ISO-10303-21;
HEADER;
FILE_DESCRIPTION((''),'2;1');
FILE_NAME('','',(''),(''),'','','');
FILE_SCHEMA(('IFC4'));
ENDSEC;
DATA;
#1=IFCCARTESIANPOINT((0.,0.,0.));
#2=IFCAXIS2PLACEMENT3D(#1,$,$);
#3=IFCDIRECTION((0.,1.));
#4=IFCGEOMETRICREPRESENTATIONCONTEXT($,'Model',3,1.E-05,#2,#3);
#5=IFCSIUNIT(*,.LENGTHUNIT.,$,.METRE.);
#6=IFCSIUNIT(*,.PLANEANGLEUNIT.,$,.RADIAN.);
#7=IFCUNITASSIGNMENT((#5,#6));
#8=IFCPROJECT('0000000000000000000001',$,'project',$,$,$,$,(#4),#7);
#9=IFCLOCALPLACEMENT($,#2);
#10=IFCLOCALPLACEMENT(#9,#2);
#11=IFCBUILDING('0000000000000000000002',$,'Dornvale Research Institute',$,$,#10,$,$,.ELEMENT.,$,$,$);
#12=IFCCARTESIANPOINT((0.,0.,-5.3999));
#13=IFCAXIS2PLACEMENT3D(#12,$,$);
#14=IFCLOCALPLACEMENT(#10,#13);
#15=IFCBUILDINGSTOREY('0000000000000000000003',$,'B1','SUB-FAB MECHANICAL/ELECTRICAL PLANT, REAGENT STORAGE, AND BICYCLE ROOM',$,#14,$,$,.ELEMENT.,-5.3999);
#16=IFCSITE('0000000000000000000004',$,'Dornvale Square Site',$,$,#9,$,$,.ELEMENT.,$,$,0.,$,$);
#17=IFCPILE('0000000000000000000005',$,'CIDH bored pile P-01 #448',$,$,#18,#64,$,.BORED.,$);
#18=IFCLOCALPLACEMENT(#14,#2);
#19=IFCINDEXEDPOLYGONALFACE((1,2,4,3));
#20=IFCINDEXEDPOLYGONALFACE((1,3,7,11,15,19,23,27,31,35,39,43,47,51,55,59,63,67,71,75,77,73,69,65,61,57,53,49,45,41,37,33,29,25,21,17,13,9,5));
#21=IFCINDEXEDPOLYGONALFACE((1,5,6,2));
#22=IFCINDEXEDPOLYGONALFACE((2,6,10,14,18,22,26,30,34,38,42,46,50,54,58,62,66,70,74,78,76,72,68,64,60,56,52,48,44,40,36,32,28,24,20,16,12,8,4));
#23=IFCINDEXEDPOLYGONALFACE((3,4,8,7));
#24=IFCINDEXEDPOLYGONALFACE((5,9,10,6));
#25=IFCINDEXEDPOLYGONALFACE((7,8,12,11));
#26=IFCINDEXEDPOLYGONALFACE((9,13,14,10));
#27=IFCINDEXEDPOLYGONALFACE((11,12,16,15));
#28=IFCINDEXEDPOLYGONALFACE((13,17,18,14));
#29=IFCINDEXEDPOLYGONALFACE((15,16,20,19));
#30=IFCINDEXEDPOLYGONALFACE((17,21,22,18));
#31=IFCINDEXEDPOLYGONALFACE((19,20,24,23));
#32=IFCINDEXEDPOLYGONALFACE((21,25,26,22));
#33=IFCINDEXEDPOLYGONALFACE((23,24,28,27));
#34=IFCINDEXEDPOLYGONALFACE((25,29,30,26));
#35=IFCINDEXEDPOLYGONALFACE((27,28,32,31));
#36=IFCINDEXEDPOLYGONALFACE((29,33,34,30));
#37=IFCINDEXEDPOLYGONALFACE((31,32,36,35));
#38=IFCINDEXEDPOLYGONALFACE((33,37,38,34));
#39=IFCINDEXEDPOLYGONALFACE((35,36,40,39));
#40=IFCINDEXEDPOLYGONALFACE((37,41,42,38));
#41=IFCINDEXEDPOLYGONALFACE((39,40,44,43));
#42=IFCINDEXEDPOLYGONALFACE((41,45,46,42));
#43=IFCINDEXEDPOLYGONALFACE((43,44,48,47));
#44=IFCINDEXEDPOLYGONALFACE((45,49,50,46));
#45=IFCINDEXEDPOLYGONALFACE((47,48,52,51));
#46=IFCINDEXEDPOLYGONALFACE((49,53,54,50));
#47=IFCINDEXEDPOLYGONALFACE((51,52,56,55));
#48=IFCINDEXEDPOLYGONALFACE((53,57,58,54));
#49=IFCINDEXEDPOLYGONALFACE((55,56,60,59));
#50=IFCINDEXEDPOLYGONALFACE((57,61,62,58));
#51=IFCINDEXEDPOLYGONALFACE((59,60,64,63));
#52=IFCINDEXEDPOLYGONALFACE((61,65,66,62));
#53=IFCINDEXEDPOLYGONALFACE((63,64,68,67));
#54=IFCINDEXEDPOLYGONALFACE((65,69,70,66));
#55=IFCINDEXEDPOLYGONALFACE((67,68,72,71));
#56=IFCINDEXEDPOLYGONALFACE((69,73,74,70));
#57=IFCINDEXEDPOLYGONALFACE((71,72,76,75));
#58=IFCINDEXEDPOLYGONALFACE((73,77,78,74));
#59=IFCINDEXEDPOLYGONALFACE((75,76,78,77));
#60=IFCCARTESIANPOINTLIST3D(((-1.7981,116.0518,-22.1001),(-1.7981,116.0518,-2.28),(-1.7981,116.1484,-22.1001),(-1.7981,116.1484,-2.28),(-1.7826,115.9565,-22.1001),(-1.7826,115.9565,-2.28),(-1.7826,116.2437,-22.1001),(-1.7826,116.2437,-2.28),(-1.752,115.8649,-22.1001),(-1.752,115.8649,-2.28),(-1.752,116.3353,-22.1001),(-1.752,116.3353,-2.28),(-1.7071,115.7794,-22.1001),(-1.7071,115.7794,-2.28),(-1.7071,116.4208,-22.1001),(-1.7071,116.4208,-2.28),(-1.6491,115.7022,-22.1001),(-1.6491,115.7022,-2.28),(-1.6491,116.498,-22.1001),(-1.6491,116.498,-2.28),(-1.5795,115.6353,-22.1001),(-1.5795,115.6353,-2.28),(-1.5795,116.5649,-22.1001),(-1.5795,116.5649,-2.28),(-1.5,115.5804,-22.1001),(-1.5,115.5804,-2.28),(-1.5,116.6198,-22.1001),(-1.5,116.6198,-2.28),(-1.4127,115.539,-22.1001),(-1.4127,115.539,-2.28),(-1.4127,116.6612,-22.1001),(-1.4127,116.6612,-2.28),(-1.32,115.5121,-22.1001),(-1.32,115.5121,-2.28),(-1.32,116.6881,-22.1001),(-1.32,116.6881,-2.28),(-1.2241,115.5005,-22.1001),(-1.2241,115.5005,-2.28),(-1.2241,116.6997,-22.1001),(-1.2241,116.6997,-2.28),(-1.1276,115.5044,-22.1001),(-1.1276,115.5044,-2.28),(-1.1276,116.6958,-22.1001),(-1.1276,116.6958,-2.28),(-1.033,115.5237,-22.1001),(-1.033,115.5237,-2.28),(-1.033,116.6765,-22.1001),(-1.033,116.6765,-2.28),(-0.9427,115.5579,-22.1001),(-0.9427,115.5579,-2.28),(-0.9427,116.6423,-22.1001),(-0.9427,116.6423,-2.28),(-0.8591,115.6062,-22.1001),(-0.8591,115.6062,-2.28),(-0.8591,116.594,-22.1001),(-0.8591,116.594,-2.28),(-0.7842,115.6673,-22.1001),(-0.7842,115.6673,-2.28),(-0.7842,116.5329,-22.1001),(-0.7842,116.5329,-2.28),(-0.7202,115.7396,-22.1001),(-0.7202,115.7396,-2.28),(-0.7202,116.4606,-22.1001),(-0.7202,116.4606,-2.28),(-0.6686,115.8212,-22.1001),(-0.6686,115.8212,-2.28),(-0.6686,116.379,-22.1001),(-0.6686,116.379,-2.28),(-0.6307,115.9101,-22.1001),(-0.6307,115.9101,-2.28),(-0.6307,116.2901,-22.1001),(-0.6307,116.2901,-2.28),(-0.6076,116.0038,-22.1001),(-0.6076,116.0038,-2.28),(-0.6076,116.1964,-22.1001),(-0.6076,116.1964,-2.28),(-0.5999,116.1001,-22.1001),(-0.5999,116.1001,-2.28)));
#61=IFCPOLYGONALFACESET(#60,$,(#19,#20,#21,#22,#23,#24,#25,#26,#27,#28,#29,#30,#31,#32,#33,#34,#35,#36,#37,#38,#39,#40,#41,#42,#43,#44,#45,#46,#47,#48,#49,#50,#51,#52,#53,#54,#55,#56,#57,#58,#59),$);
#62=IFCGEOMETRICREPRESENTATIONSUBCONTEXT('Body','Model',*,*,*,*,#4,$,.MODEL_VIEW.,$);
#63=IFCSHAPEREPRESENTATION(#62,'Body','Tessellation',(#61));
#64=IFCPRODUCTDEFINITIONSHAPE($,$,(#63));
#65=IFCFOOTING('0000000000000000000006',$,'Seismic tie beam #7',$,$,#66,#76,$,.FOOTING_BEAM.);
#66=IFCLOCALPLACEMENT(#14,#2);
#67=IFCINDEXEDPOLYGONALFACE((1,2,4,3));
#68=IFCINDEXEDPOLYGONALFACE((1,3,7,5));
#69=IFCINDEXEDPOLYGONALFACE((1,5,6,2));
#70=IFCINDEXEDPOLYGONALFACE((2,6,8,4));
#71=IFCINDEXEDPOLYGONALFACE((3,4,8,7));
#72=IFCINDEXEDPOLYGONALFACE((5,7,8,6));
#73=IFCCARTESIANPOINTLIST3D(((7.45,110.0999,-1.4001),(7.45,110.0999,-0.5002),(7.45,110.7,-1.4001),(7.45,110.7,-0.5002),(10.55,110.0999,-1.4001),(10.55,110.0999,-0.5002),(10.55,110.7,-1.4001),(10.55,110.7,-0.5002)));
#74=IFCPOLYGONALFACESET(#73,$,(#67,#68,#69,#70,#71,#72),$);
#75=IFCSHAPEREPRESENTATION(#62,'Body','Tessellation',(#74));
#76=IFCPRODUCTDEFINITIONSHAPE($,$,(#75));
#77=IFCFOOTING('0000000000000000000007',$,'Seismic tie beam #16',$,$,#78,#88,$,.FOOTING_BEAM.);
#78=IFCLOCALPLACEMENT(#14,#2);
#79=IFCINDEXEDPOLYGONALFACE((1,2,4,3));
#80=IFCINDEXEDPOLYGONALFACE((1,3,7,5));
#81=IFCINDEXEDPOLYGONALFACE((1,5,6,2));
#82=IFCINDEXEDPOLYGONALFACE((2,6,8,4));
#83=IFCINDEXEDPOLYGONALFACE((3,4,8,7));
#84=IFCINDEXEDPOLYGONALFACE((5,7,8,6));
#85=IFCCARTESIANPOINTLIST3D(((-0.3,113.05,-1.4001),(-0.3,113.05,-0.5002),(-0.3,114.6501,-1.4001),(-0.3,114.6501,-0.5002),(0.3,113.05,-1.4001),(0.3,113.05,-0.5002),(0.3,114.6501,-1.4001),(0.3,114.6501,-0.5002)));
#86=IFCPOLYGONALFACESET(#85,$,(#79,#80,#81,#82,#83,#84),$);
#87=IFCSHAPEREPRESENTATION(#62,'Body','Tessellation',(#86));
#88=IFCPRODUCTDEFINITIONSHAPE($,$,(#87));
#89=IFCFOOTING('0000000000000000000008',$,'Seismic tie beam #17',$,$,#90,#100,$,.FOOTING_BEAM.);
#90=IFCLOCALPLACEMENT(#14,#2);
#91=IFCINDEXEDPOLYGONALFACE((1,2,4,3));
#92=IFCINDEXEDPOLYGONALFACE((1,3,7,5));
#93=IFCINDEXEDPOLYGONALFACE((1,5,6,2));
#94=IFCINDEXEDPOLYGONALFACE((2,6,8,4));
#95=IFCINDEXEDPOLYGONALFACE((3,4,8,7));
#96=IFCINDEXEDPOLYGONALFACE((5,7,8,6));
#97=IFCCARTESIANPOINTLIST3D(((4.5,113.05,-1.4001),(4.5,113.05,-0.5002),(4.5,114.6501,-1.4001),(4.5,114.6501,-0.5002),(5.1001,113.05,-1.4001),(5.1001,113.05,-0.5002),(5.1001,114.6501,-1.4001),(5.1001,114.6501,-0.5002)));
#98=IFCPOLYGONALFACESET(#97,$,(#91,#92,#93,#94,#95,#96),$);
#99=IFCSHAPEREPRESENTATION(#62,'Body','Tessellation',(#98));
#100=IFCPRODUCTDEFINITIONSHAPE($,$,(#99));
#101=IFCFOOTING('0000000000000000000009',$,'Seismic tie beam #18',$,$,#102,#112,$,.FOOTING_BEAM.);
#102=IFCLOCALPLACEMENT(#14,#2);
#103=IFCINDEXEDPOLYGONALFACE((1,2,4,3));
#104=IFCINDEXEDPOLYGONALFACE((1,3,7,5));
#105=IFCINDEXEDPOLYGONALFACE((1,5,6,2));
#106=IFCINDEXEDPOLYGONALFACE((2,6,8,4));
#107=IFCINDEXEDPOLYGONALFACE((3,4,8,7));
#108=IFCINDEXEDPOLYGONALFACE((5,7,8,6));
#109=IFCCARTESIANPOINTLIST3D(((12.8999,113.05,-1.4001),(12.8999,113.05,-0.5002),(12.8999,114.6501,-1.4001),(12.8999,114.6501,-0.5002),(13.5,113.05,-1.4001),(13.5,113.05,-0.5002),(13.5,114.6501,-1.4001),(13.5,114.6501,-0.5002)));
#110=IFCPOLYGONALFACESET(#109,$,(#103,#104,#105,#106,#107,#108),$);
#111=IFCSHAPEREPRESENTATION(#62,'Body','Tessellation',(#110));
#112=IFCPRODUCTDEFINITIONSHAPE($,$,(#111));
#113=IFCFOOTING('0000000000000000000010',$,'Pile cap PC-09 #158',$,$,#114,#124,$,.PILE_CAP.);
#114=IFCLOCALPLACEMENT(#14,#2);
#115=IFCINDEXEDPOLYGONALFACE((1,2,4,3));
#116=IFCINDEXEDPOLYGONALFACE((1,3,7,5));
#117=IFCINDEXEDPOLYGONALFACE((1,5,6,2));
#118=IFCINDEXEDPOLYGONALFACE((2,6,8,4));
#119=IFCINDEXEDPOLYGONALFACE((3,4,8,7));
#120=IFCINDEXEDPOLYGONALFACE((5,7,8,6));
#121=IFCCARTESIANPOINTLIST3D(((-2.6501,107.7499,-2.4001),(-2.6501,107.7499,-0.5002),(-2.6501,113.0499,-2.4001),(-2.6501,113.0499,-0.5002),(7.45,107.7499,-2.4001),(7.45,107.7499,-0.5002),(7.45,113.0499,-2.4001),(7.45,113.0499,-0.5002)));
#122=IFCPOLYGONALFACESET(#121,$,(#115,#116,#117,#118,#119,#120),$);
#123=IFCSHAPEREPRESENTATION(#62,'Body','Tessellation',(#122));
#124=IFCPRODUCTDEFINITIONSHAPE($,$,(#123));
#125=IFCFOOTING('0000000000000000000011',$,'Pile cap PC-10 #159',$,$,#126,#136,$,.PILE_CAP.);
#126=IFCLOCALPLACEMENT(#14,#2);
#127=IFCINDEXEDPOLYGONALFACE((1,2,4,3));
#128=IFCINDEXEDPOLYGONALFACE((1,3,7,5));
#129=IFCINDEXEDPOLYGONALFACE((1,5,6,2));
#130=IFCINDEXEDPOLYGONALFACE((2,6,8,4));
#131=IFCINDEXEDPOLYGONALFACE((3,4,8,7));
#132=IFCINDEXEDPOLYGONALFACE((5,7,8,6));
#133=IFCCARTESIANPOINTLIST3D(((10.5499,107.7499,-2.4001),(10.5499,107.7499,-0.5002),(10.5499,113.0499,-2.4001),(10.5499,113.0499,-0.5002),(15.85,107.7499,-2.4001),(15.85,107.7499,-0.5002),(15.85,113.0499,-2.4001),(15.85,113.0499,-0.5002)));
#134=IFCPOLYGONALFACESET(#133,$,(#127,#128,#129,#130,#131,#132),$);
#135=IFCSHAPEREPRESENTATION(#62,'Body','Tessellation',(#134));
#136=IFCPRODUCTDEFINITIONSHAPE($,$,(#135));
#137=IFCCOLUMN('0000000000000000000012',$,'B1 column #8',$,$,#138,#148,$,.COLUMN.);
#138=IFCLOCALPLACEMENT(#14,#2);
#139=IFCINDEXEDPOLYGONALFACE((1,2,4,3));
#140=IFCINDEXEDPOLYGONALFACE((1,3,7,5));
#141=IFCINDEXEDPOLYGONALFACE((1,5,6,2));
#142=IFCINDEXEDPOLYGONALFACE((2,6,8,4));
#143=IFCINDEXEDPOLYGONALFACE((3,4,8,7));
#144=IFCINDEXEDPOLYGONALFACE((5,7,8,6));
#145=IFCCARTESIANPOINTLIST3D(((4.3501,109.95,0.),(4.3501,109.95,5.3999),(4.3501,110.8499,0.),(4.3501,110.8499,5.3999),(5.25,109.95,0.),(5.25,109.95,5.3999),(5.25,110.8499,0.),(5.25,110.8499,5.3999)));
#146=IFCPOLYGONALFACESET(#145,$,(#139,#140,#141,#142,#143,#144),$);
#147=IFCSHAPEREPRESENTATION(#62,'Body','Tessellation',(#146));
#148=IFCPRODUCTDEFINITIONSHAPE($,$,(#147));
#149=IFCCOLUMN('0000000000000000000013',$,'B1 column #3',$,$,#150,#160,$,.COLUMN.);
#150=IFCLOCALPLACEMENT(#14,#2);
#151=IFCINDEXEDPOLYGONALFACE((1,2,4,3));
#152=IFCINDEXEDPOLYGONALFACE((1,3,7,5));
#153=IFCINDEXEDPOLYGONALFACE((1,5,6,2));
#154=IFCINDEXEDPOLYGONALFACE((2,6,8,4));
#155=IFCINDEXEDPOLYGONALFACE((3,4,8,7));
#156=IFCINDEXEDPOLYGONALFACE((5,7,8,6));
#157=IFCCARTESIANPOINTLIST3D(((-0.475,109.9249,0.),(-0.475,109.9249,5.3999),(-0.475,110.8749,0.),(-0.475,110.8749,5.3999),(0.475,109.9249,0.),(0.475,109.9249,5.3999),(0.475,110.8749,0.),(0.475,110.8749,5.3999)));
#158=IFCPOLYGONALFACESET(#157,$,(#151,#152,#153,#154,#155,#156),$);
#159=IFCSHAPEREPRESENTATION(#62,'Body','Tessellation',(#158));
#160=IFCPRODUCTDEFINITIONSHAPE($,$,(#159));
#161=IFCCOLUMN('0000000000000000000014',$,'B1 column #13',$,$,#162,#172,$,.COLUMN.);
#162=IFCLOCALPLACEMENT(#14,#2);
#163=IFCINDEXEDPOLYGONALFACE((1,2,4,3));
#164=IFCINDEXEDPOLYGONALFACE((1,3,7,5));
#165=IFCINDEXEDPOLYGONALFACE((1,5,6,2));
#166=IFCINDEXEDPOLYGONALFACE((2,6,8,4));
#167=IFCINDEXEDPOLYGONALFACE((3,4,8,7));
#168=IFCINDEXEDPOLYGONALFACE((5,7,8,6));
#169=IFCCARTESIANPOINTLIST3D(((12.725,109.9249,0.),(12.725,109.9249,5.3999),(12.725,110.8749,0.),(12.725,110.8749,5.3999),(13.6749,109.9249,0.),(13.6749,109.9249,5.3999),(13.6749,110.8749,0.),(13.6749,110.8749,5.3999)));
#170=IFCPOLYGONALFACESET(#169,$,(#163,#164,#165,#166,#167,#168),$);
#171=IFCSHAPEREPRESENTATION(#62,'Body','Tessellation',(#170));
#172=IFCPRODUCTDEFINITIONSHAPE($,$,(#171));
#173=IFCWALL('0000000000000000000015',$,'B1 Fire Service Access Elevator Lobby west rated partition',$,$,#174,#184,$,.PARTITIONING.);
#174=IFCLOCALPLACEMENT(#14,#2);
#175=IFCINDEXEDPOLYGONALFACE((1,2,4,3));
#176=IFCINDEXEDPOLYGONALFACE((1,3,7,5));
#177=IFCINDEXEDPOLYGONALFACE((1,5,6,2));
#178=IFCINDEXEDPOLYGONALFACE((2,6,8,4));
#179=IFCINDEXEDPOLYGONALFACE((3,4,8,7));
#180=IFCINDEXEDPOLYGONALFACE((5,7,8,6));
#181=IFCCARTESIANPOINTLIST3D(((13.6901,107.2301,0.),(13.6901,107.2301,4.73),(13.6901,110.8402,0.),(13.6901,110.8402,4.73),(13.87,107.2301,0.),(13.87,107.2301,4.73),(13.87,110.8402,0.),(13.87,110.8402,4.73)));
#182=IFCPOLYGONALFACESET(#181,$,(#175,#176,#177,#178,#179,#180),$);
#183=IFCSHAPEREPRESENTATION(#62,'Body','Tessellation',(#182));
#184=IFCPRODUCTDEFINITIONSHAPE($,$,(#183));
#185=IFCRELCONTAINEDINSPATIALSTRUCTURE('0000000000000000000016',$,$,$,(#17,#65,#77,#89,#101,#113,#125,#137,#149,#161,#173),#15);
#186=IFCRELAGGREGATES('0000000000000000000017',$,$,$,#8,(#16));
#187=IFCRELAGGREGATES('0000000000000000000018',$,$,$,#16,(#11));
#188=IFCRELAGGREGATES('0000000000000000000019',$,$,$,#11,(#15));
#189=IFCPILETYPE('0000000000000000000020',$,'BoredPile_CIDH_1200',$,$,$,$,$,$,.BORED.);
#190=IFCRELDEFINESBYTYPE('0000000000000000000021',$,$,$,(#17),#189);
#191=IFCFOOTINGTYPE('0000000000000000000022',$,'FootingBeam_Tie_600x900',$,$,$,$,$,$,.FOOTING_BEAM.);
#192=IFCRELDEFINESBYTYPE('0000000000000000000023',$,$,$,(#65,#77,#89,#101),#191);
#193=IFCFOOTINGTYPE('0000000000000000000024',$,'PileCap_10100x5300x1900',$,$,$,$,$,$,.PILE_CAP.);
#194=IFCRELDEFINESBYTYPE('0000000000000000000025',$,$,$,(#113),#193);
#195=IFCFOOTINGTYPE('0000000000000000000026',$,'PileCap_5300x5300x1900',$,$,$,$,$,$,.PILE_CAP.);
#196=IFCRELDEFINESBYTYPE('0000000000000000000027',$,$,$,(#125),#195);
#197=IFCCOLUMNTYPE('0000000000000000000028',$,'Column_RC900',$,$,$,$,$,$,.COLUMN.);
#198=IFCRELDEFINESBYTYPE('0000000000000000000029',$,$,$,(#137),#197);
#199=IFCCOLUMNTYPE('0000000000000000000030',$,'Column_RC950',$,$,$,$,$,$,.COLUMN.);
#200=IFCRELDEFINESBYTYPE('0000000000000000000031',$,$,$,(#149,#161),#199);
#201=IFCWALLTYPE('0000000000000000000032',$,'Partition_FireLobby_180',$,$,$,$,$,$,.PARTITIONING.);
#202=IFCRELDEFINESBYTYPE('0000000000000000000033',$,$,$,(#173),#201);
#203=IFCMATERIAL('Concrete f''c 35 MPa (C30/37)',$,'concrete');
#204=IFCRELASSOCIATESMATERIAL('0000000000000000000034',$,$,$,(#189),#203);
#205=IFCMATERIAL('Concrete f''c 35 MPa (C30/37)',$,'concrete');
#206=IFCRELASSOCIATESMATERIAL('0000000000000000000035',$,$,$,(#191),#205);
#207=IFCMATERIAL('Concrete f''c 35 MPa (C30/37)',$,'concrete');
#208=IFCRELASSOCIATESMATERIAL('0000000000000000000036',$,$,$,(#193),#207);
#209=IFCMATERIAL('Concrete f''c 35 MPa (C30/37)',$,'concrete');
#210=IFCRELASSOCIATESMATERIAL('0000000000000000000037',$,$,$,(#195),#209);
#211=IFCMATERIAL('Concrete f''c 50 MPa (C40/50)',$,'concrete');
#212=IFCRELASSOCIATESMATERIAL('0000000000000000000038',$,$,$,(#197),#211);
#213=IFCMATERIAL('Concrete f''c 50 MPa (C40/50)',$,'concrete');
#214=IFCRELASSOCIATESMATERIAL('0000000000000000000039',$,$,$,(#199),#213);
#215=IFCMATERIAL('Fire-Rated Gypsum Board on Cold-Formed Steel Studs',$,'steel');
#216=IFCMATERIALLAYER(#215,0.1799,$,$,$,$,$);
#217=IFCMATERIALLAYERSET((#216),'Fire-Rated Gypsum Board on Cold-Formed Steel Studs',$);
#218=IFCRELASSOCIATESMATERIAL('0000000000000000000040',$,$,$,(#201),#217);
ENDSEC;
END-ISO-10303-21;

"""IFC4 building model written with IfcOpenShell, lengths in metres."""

from ifc_helpers import new_model, si_unit, direction, frame, frame_2d, origin, origin_2d, place, context, subcontext, project, spatial, rectangle, circle, extrude, material, layer, layer_set, material_profile, profile_set, type_object, element, save


model = new_model("IFC4")

# Units and contexts
model_context = context("Model", 3, precision=1e-05, world=origin(), true_north=direction((0.0, 1.0)))
body_context = subcontext(model_context, "Body", "Model", "MODEL_VIEW")
ifc_project = project(units=[si_unit("LENGTHUNIT", "METRE"), si_unit("PLANEANGLEUNIT", "RADIAN")], contexts=[model_context])

# Site, building, storey
site_placement = place(None, origin())
site = spatial("IfcSite", under=ifc_project, at=site_placement, Name="Dornvale Square Site", CompositionType="ELEMENT", RefElevation=0.0)
building_placement = place(site_placement, origin())
building = spatial("IfcBuilding", under=site, at=building_placement, Name="Dornvale Research Institute", CompositionType="ELEMENT")
storey_placement = place(building_placement, frame((0.0, 0.0, -5.3999)))
storey = spatial("IfcBuildingStorey", under=building, at=storey_placement, Name="B1", Description="SUB-FAB MECHANICAL/ELECTRICAL PLANT, REAGENT STORAGE, AND BICYCLE ROOM", CompositionType="ELEMENT", Elevation=-5.3999)

# Pile
ifc_material_1 = material(Name="Concrete f'c 35 MPa (C30/37)", Category="concrete")
ifc_material_profile_1 = material_profile(ifc_material_1, circle(Radius=0.6001, at=origin_2d()), Name="CIDH PILE D1200")
ifc_profile_set_1 = profile_set([ifc_material_profile_1], Name="Concrete f'c 35 MPa (C30/37)")
pile_type = type_object("IfcPileType", Name="BoredPile_CIDH_1200", PredefinedType="BORED", material=ifc_profile_set_1)
for number, where, z_axis, x_axis, name in (
    (1, (-1.2, 116.1001, -2.28), (0.0, 0.0, -1.0), (1.0, 0.0, 0.0), "CIDH bored pile P-01 #448"),
):
    element("IfcPile", number, at=place(storey_placement, frame(where, z_axis=z_axis, x_axis=x_axis)), inside=storey, type_object=pile_type, Name=name, PredefinedType="BORED", context=body_context, shape_type="SweptSolid", body=[
        extrude(circle(Radius=0.6001, at=origin_2d()), origin(), (0.0, 0.0, 1.0), 19.8201),
    ])

# Footings
ifc_material_2 = material(Name="Concrete f'c 35 MPa (C30/37)", Category="concrete")
footing_type_1 = type_object("IfcFootingType", Name="FootingBeam_Tie_600x900", PredefinedType="FOOTING_BEAM", material=ifc_material_2)
footing_1_placement = place(storey_placement, frame((9.0, 110.3999, -1.4001), z_axis=(0.0, 0.0, 1.0), x_axis=(1.0, 0.0, 0.0)))
element("IfcFooting", 2, at=footing_1_placement, inside=storey, type_object=footing_type_1, Name="Seismic tie beam #7", PredefinedType="FOOTING_BEAM", context=body_context, shape_type="SweptSolid", body=[
    extrude(rectangle(XDim=3.1001, YDim=0.6001, at=origin_2d()), origin(), (0.0, 0.0, 1.0), 0.8999),
])
for number, where, z_axis, x_axis, name in (
    (3, (0.0, 113.8501, -1.4001), (0.0, 0.0, 1.0), (0.0, 1.0, 0.0), "Seismic tie beam #16"),
    (4, (4.8, 113.8501, -1.4001), (0.0, 0.0, 1.0), (0.0, 1.0, 0.0), "Seismic tie beam #17"),
    (5, (13.2, 113.8501, -1.4001), (0.0, 0.0, 1.0), (0.0, 1.0, 0.0), "Seismic tie beam #18"),
):
    element("IfcFooting", number, at=place(storey_placement, frame(where, z_axis=z_axis, x_axis=x_axis)), inside=storey, type_object=footing_type_1, Name=name, PredefinedType="FOOTING_BEAM", context=body_context, shape_type="SweptSolid", body=[
        extrude(rectangle(XDim=1.6001, YDim=0.6001, at=origin_2d()), origin(), (0.0, 0.0, 1.0), 0.8999),
    ])
ifc_material_3 = material(Name="Concrete f'c 35 MPa (C30/37)", Category="concrete")
footing_type_2 = type_object("IfcFootingType", Name="PileCap_10100x5300x1900", PredefinedType="PILE_CAP", material=ifc_material_3)
footing_2_placement = place(storey_placement, frame((2.3999, 110.3999, -2.4001), z_axis=(0.0, 0.0, 1.0), x_axis=(1.0, 0.0, 0.0)))
element("IfcFooting", 6, at=footing_2_placement, inside=storey, type_object=footing_type_2, Name="Pile cap PC-09 #158", PredefinedType="PILE_CAP", context=body_context, shape_type="SweptSolid", body=[
    extrude(rectangle(XDim=10.1001, YDim=5.3, at=origin_2d()), origin(), (0.0, 0.0, 1.0), 1.8999),
])
ifc_material_4 = material(Name="Concrete f'c 35 MPa (C30/37)", Category="concrete")
footing_type_3 = type_object("IfcFootingType", Name="PileCap_5300x5300x1900", PredefinedType="PILE_CAP", material=ifc_material_4)
footing_3_placement = place(storey_placement, frame((13.2, 110.3999, -2.4001), z_axis=(0.0, 0.0, 1.0), x_axis=(1.0, 0.0, 0.0)))
element("IfcFooting", 7, at=footing_3_placement, inside=storey, type_object=footing_type_3, Name="Pile cap PC-10 #159", PredefinedType="PILE_CAP", context=body_context, shape_type="SweptSolid", body=[
    extrude(rectangle(XDim=5.3, YDim=5.3, at=origin_2d()), origin(), (0.0, 0.0, 1.0), 1.8999),
])

# Columns
ifc_material_5 = material(Name="Concrete f'c 50 MPa (C40/50)", Category="concrete")
ifc_material_profile_2 = material_profile(ifc_material_5, rectangle(XDim=0.8999, YDim=0.8999, at=origin_2d()), Name="RC 900x900")
ifc_profile_set_2 = profile_set([ifc_material_profile_2], Name="Concrete f'c 50 MPa (C40/50)")
column_type_1 = type_object("IfcColumnType", Name="Column_RC900", PredefinedType="COLUMN", material=ifc_profile_set_2)
column_placement = place(storey_placement, frame((4.8, 110.3999, 0.0), z_axis=(0.0, 0.0, 1.0), x_axis=(1.0, 0.0, 0.0)))
element("IfcColumn", 8, at=column_placement, inside=storey, type_object=column_type_1, Name="B1 column #8", PredefinedType="COLUMN", context=body_context, shape_type="SweptSolid", body=[
    extrude(rectangle(XDim=0.8999, YDim=0.8999, at=origin_2d()), origin(), (0.0, 0.0, 1.0), 5.3999),
])
ifc_material_6 = material(Name="Concrete f'c 50 MPa (C40/50)", Category="concrete")
ifc_material_profile_3 = material_profile(ifc_material_6, rectangle(XDim=0.95, YDim=0.95, at=origin_2d()), Name="RC 950x950")
ifc_profile_set_3 = profile_set([ifc_material_profile_3], Name="Concrete f'c 50 MPa (C40/50)")
column_type_2 = type_object("IfcColumnType", Name="Column_RC950", PredefinedType="COLUMN", material=ifc_profile_set_3)
for number, where, z_axis, x_axis, name in (
    (9, (0.0, 110.3999, 0.0), (0.0, 0.0, 1.0), (1.0, 0.0, 0.0), "B1 column #3"),
    (10, (13.2, 110.3999, 0.0), (0.0, 0.0, 1.0), (1.0, 0.0, 0.0), "B1 column #13"),
):
    element("IfcColumn", number, at=place(storey_placement, frame(where, z_axis=z_axis, x_axis=x_axis)), inside=storey, type_object=column_type_2, Name=name, PredefinedType="COLUMN", context=body_context, shape_type="SweptSolid", body=[
        extrude(rectangle(XDim=0.95, YDim=0.95, at=origin_2d()), origin(), (0.0, 0.0, 1.0), 5.3999),
    ])

# Wall
ifc_material_7 = material(Name="Fire-Rated Gypsum Board on Cold-Formed Steel Studs", Category="steel")
ifc_layer_1 = layer(ifc_material_7, 0.1799)
ifc_layer_set_1 = layer_set([ifc_layer_1], Name="Fire-Rated Gypsum Board on Cold-Formed Steel Studs")
wall_type_1 = type_object("IfcWallType", Name="Partition_FireLobby_180", PredefinedType="PARTITIONING", material=ifc_layer_set_1)
wall_1_placement = place(storey_placement, frame((13.78, 107.23, 0.0), z_axis=(0.0, 0.0, 1.0), x_axis=(0.0, 1.0, 0.0)))
element("IfcWall", 11, at=wall_1_placement, inside=storey, type_object=wall_type_1, Name="B1 Fire Service Access Elevator Lobby west rated partition", PredefinedType="PARTITIONING", context=body_context, shape_type="SweptSolid", body=[
    extrude(rectangle(XDim=3.6101, YDim=0.1799, at=frame_2d((1.8052, 0.0))), origin(), (0.0, 0.0, 1.0), 4.73),
])

save(model, "model.ifc")
